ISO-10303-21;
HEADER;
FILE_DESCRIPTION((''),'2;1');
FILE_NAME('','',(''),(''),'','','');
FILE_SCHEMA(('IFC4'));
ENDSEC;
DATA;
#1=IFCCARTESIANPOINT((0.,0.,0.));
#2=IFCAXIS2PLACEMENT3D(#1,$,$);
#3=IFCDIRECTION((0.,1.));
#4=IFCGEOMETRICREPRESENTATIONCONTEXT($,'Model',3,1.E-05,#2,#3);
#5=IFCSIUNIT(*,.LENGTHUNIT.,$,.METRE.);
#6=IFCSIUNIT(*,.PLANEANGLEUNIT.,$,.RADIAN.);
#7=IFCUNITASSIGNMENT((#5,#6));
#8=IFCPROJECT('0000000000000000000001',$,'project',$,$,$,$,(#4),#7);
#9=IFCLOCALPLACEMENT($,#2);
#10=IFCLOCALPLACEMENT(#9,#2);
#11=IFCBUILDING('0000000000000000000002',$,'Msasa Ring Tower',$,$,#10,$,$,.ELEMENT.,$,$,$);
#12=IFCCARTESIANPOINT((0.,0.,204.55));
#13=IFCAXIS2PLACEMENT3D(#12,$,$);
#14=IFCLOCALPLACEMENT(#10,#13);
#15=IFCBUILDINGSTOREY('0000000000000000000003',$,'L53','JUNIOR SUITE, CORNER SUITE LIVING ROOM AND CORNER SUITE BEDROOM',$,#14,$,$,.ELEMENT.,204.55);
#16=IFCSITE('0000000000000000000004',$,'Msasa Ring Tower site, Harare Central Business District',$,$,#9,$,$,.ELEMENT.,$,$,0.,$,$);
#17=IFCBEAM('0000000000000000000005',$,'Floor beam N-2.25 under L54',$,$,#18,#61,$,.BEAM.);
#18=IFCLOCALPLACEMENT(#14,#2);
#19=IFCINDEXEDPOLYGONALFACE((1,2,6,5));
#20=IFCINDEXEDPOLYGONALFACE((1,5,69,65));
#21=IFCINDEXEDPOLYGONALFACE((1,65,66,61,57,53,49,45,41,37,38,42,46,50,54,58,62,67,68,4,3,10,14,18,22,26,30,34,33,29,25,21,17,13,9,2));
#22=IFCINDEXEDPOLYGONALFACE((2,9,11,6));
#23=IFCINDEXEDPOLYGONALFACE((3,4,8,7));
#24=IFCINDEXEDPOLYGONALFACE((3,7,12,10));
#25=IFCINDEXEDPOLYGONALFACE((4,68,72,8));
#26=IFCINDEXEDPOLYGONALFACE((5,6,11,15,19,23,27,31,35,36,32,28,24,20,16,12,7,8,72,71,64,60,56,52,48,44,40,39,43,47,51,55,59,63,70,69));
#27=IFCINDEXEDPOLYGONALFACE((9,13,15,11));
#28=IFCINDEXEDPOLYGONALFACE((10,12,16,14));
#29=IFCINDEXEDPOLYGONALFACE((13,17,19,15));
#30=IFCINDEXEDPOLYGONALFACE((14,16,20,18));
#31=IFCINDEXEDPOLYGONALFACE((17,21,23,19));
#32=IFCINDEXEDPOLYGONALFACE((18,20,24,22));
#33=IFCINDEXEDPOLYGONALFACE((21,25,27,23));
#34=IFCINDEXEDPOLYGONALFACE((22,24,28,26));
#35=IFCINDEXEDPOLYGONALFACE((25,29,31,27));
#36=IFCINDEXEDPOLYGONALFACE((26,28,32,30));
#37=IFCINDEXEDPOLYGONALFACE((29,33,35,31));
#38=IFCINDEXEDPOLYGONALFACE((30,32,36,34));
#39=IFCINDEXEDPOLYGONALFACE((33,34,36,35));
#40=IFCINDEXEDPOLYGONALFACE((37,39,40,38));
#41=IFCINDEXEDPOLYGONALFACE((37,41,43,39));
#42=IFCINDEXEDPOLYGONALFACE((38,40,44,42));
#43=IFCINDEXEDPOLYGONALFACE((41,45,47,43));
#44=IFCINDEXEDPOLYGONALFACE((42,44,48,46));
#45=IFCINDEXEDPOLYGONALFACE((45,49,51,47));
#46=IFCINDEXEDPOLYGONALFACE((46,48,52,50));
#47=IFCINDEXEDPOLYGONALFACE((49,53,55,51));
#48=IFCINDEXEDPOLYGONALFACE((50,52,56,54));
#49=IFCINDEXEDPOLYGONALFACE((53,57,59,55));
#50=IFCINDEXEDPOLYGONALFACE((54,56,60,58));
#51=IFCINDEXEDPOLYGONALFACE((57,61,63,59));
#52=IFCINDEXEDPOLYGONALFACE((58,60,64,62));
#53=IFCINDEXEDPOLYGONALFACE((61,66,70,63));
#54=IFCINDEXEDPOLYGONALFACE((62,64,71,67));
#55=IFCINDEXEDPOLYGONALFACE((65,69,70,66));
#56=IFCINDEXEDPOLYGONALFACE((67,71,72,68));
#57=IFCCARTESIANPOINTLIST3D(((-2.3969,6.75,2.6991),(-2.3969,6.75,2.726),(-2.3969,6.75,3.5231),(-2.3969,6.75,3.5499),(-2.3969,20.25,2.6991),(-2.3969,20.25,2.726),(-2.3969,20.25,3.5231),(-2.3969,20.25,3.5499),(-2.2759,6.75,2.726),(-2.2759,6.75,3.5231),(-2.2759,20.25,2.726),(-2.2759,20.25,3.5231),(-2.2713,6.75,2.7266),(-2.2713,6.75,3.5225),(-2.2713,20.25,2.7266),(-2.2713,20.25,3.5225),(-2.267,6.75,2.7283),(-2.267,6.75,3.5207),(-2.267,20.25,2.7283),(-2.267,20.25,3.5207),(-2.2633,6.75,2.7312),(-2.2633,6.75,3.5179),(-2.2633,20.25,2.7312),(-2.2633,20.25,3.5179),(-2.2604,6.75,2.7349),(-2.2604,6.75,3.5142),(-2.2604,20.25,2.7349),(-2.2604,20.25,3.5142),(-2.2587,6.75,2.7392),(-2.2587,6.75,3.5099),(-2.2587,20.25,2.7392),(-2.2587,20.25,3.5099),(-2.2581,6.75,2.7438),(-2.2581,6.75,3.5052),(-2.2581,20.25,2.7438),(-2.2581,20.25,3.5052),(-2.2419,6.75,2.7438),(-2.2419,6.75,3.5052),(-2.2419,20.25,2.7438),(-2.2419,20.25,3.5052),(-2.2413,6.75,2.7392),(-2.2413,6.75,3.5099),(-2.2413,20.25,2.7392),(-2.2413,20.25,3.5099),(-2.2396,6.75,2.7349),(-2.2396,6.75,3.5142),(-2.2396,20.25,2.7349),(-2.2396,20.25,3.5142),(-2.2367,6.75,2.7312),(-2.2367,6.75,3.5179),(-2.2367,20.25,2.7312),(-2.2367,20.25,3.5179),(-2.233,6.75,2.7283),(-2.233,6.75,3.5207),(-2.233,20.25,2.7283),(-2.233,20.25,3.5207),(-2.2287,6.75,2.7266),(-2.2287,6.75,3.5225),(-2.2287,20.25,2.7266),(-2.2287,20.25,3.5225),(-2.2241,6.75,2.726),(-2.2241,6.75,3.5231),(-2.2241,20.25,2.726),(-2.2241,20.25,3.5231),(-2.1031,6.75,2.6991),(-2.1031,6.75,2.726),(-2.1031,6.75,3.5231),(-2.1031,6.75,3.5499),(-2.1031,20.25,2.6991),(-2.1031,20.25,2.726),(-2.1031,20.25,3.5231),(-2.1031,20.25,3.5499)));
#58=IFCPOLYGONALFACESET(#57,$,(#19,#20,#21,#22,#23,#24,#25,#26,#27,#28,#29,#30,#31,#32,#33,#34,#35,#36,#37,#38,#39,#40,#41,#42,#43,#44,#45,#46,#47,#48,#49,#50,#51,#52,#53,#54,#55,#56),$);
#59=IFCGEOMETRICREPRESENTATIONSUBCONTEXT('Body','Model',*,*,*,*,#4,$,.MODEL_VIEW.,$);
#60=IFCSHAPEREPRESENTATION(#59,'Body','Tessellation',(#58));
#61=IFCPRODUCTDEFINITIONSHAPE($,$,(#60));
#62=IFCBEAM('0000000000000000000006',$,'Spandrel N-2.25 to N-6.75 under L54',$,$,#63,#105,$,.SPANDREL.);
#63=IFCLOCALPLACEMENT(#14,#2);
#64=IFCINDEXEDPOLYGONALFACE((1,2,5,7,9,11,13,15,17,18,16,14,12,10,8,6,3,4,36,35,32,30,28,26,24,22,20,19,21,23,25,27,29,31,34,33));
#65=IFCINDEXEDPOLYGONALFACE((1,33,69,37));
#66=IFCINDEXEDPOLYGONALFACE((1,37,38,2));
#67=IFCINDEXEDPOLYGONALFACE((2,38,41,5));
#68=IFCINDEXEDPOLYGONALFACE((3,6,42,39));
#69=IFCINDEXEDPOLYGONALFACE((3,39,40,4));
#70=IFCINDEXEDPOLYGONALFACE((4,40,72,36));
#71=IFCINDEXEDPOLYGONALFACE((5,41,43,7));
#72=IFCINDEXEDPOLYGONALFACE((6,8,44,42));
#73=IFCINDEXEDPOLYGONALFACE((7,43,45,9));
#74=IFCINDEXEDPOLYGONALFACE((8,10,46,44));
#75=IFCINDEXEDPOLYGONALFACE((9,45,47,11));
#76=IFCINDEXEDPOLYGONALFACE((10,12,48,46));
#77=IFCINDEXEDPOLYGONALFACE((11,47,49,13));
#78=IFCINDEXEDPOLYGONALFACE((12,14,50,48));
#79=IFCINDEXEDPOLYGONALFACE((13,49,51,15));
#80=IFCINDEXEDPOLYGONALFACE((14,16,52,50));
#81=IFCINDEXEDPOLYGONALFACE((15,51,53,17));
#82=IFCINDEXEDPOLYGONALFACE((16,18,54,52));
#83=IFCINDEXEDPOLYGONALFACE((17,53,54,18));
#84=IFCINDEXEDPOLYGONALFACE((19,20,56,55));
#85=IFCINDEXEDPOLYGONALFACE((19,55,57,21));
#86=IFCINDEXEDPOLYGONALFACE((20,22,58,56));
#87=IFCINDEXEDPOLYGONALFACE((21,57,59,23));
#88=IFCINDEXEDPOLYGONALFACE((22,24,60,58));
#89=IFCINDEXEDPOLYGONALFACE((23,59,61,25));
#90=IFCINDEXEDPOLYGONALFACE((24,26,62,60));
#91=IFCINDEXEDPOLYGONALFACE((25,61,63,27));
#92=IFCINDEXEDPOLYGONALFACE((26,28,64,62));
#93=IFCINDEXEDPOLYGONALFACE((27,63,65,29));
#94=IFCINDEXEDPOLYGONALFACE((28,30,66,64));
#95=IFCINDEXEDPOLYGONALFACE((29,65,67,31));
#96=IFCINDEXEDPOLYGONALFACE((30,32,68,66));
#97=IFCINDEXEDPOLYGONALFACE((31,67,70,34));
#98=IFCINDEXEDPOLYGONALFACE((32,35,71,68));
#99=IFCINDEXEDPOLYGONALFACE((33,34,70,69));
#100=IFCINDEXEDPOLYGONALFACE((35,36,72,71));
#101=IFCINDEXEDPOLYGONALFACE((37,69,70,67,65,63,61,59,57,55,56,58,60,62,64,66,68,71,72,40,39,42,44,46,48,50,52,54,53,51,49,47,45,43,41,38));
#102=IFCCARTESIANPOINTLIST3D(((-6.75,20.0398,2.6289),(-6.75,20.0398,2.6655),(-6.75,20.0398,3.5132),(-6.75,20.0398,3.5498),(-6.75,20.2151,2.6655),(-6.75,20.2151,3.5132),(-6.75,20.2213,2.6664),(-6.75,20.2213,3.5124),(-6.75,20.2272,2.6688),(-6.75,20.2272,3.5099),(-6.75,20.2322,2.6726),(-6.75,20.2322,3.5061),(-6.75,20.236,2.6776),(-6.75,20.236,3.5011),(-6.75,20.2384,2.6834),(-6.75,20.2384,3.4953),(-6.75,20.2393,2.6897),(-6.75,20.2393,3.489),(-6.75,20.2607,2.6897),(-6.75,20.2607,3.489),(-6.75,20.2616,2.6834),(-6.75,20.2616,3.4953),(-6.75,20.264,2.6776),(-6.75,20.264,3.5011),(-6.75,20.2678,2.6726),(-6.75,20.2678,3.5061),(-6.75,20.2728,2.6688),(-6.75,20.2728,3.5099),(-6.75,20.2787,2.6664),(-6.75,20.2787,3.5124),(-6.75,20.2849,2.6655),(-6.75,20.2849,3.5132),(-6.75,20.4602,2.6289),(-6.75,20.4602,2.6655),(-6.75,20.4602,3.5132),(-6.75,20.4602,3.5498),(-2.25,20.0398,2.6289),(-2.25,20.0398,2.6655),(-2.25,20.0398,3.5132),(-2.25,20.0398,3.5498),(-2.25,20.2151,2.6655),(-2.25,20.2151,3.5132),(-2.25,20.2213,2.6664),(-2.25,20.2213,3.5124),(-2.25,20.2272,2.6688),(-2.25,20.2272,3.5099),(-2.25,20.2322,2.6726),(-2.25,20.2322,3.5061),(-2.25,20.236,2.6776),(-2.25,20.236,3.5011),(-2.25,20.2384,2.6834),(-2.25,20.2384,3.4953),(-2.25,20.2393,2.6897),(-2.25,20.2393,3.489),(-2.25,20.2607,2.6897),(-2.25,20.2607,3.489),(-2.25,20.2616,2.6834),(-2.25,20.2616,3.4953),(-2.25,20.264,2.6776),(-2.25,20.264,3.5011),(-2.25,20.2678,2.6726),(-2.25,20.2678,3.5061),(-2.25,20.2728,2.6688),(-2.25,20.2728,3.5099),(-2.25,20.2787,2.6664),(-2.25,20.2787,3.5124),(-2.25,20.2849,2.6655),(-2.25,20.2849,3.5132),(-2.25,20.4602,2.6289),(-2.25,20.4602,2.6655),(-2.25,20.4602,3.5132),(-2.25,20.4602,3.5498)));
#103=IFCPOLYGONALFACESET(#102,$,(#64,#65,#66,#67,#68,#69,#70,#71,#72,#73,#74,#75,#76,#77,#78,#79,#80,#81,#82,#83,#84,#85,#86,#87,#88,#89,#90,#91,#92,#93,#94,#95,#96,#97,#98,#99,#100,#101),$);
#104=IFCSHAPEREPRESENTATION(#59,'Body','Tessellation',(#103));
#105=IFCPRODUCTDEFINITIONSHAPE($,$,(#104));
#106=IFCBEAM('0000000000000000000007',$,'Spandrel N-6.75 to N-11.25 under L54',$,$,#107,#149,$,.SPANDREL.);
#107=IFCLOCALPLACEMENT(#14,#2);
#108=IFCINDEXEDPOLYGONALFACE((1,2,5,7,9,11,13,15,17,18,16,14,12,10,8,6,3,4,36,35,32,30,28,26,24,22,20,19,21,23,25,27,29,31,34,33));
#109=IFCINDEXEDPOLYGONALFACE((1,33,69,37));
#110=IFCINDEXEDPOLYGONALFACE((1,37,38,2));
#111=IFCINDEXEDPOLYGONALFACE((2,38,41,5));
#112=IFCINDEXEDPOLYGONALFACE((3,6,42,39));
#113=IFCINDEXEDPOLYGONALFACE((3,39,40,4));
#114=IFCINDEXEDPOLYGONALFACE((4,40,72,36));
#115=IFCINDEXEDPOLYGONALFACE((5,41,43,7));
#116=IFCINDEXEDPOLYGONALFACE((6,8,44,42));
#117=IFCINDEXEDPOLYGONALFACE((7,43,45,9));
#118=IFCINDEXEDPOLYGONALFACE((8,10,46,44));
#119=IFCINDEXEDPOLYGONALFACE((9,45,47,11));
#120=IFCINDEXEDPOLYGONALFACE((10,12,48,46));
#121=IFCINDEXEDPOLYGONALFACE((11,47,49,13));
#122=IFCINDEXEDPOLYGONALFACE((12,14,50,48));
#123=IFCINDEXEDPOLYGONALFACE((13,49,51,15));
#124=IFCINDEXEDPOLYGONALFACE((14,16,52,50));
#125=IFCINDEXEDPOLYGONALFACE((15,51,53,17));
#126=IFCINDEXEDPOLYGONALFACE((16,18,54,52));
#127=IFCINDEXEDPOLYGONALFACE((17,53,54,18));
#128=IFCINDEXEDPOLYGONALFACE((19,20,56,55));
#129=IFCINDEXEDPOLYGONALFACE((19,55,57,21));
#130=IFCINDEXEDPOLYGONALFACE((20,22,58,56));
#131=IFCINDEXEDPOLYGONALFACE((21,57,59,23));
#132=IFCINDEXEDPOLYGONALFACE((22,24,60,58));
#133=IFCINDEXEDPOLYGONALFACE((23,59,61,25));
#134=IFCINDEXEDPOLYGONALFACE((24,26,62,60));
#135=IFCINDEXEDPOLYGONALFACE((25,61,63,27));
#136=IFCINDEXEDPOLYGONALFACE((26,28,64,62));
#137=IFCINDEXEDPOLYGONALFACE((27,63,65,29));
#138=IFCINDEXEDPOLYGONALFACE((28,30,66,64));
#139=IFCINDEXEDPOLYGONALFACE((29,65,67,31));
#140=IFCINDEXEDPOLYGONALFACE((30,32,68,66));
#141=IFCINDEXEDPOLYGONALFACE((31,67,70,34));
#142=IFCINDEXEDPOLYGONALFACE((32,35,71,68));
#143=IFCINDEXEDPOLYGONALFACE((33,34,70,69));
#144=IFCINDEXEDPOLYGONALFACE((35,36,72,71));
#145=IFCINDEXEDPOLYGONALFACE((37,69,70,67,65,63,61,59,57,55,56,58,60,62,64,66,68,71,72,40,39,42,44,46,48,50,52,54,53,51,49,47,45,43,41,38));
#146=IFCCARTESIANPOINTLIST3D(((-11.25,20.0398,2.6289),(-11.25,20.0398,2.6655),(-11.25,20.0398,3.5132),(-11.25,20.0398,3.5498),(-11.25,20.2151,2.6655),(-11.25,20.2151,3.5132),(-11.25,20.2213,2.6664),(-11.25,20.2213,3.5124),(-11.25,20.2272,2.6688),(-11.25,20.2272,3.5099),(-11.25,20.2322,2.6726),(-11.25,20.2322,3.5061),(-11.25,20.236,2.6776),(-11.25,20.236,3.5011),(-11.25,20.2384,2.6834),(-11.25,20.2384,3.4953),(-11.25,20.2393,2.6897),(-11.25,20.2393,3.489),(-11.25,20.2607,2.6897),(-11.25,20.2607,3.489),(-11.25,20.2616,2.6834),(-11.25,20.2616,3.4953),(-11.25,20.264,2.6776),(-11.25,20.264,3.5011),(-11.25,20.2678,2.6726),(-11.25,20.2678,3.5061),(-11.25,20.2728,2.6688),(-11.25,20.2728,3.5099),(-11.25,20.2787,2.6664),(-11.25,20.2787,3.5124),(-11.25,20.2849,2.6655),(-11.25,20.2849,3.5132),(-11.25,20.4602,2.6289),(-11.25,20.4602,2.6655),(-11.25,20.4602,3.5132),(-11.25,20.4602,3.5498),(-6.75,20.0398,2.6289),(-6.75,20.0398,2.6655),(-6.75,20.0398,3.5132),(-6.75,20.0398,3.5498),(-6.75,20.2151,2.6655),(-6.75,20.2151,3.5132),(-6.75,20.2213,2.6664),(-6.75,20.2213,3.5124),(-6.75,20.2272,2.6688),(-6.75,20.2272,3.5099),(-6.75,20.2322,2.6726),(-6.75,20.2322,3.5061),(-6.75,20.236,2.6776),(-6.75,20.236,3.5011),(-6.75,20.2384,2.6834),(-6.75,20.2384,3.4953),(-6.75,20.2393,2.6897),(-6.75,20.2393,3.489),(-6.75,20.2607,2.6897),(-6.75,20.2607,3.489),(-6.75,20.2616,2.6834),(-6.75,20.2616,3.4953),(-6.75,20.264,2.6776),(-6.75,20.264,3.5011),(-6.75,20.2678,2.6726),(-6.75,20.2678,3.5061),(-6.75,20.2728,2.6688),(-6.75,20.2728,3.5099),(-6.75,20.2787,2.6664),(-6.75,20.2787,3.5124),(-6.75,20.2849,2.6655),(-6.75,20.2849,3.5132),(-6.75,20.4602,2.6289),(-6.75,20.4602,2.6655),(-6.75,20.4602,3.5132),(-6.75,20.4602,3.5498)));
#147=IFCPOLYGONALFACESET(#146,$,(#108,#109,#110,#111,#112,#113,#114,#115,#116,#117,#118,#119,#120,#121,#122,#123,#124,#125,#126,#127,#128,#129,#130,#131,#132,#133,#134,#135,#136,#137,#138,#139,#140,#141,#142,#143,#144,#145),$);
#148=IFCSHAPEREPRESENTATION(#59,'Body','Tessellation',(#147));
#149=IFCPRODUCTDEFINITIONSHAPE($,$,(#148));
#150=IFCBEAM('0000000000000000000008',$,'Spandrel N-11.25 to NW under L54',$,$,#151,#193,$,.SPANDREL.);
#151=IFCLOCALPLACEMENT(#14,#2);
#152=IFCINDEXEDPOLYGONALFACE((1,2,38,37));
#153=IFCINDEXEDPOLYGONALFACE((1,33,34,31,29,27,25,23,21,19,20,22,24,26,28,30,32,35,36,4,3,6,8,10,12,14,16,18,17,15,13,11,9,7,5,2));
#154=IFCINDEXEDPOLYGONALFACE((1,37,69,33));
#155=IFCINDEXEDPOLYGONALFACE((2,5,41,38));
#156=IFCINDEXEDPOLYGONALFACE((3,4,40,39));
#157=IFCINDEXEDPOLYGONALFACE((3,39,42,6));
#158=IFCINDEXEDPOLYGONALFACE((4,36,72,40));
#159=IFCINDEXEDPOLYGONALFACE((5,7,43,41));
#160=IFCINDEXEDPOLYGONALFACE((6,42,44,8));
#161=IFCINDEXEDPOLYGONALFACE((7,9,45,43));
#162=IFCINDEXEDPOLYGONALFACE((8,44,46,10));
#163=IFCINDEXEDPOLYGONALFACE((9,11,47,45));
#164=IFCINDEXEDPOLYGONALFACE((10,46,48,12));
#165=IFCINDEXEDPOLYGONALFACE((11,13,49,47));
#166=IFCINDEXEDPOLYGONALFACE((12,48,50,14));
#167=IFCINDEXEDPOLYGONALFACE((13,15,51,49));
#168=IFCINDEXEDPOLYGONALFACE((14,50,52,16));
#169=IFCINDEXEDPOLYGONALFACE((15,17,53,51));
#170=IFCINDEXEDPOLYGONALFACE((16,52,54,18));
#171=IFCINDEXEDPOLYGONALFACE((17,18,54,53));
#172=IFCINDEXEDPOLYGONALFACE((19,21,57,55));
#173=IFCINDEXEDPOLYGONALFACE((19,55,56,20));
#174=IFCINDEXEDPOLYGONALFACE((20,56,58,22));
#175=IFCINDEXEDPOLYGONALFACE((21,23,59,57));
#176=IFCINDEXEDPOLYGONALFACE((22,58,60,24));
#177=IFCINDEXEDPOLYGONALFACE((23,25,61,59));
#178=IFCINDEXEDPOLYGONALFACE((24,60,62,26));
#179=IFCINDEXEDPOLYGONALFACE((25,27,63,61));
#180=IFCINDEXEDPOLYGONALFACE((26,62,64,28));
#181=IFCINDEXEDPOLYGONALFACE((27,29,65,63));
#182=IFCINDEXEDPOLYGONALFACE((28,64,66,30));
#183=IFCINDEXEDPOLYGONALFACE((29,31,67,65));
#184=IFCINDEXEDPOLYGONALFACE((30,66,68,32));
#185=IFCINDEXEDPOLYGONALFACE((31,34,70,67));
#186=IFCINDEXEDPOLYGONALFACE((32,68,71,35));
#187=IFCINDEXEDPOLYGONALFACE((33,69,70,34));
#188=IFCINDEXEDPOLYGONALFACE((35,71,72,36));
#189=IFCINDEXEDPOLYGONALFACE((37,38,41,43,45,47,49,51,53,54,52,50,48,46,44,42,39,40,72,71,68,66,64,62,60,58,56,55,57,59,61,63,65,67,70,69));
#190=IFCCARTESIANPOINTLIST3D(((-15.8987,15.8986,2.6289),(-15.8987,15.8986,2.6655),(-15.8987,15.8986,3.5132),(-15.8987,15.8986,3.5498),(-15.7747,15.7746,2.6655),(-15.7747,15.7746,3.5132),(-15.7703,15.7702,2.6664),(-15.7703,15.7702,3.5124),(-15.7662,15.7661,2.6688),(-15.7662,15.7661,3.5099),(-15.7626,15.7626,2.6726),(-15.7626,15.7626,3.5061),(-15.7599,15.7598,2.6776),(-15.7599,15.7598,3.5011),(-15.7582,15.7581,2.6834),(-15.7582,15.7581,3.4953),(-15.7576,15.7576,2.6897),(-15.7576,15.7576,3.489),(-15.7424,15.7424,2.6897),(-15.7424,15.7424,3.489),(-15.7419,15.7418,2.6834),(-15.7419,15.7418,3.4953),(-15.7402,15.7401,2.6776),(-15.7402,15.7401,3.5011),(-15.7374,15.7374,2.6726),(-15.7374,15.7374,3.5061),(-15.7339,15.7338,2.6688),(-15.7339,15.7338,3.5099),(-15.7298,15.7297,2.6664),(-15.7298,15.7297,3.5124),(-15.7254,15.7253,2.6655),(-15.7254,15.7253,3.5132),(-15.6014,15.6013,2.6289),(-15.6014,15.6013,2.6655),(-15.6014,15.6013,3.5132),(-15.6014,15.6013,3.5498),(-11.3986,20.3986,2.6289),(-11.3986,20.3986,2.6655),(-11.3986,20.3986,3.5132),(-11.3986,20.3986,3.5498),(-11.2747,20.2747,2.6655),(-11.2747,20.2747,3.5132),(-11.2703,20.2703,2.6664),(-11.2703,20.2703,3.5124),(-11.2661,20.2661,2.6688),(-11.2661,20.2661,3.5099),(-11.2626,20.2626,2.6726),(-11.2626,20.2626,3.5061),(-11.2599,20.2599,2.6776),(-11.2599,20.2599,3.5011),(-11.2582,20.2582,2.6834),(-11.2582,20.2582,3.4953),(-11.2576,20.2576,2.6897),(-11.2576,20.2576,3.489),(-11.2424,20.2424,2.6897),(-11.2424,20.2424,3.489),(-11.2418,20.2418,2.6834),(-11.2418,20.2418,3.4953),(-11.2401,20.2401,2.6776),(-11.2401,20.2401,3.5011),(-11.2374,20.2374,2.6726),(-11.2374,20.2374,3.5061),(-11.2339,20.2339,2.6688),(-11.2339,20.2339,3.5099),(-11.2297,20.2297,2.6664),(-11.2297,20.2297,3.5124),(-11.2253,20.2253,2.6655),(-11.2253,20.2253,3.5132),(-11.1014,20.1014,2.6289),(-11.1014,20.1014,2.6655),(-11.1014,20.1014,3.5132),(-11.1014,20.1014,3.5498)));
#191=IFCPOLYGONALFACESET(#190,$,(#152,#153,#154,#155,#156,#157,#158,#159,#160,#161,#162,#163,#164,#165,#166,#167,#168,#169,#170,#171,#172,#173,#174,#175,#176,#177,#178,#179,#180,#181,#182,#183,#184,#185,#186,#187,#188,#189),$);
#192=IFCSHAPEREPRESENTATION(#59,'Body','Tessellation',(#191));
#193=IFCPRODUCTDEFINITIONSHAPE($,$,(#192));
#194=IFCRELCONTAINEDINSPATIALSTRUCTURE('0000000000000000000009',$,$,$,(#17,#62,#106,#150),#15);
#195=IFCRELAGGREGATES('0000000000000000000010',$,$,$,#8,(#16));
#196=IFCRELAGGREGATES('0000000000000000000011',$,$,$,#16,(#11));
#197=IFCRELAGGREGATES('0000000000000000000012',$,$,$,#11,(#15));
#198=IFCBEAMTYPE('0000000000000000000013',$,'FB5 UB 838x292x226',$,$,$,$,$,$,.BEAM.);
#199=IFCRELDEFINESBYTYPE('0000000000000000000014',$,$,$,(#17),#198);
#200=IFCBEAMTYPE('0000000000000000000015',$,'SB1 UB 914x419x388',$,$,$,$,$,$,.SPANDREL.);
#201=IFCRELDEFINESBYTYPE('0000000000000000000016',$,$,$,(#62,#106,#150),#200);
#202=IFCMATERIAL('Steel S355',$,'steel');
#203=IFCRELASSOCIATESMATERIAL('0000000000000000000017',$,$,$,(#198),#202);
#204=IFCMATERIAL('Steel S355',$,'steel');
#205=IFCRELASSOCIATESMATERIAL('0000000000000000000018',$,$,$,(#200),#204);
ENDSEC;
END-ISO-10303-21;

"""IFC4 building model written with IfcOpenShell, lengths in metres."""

from ifc_helpers import new_model, si_unit, direction, frame, origin, origin_2d, place, context, subcontext, project, spatial, i_section, extrude, material, material_profile, profile_set, type_object, element, save


model = new_model("IFC4")

# Units and contexts
model_context = context("Model", 3, precision=1e-05, world=origin(), true_north=direction((0.0, 1.0)))
body_context = subcontext(model_context, "Body", "Model", "MODEL_VIEW")
ifc_project = project(units=[si_unit("LENGTHUNIT", "METRE"), si_unit("PLANEANGLEUNIT", "RADIAN")], contexts=[model_context])

# Site, building, storey
site_placement = place(None, origin())
site = spatial("IfcSite", under=ifc_project, at=site_placement, Name="Msasa Ring Tower site, Harare Central Business District", CompositionType="ELEMENT", RefElevation=0.0)
building_placement = place(site_placement, origin())
building = spatial("IfcBuilding", under=site, at=building_placement, Name="Msasa Ring Tower", CompositionType="ELEMENT")
storey_placement = place(building_placement, frame((0.0, 0.0, 204.55)))
storey = spatial("IfcBuildingStorey", under=building, at=storey_placement, Name="L53", Description="JUNIOR SUITE, CORNER SUITE LIVING ROOM AND CORNER SUITE BEDROOM", CompositionType="ELEMENT", Elevation=204.55)

# Beams
ifc_material_1 = material(Name="Steel S355", Category="steel")
ifc_material_profile_1 = material_profile(ifc_material_1, i_section(OverallWidth=0.2937, OverallDepth=0.8508, WebThickness=0.0161, FlangeThickness=0.0269, FilletRadius=0.0178, at=origin_2d()), Name="UB 838x292x226")
ifc_profile_set_1 = profile_set([ifc_material_profile_1], Name="Steel S355")
beam_type_1 = type_object("IfcBeamType", Name="FB5 UB 838x292x226", PredefinedType="BEAM", material=ifc_profile_set_1)
for number, where, z_axis, x_axis, name in (
    (1, (-2.25, 20.25, 3.1245), (0.0, -1.0, 0.0), (1.0, 0.0, 0.0), "Floor beam N-2.25 under L54"),
):
    element("IfcBeam", number, at=place(storey_placement, frame(where, z_axis=z_axis, x_axis=x_axis)), inside=storey, type_object=beam_type_1, Name=name, PredefinedType="BEAM", context=body_context, shape_type="SweptSolid", body=[
        extrude(i_section(OverallWidth=0.2937, OverallDepth=0.8508, WebThickness=0.0161, FlangeThickness=0.0269, FilletRadius=0.0178, at=origin_2d()), origin(), (0.0, 0.0, 1.0), 13.5),
    ])
ifc_material_2 = material(Name="Steel S355", Category="steel")
ifc_material_profile_2 = material_profile(ifc_material_2, i_section(OverallWidth=0.4204, OverallDepth=0.9209, WebThickness=0.0215, FlangeThickness=0.0366, FilletRadius=0.0242, at=origin_2d()), Name="UB 914x419x388")
ifc_profile_set_2 = profile_set([ifc_material_profile_2], Name="Steel S355")
beam_type_2 = type_object("IfcBeamType", Name="SB1 UB 914x419x388", PredefinedType="SPANDREL", material=ifc_profile_set_2)
for number, where, z_axis, x_axis, name in (
    (2, (-2.25, 20.25, 3.0894), (-1.0, 0.0, 0.0), (0.0, -1.0, 0.0), "Spandrel N-2.25 to N-6.75 under L54"),
    (3, (-6.75, 20.25, 3.0894), (-1.0, 0.0, 0.0), (0.0, -1.0, 0.0), "Spandrel N-6.75 to N-11.25 under L54"),
):
    element("IfcBeam", number, at=place(storey_placement, frame(where, z_axis=z_axis, x_axis=x_axis)), inside=storey, type_object=beam_type_2, Name=name, PredefinedType="SPANDREL", context=body_context, shape_type="SweptSolid", body=[
        extrude(i_section(OverallWidth=0.4204, OverallDepth=0.9209, WebThickness=0.0215, FlangeThickness=0.0366, FilletRadius=0.0242, at=origin_2d()), origin(), (0.0, 0.0, 1.0), 4.5),
    ])
beam_1_placement = place(storey_placement, frame((-11.25, 20.25, 3.0894), z_axis=(-0.707107, -0.707107, 0.0), x_axis=(0.707107, -0.707107, 0.0)))
element("IfcBeam", 4, at=beam_1_placement, inside=storey, type_object=beam_type_2, Name="Spandrel N-11.25 to NW under L54", PredefinedType="SPANDREL", context=body_context, shape_type="SweptSolid", body=[
    extrude(i_section(OverallWidth=0.4204, OverallDepth=0.9209, WebThickness=0.0215, FlangeThickness=0.0366, FilletRadius=0.0242, at=origin_2d()), origin(), (0.0, 0.0, 1.0), 6.364),
])

save(model, "model.ifc")
